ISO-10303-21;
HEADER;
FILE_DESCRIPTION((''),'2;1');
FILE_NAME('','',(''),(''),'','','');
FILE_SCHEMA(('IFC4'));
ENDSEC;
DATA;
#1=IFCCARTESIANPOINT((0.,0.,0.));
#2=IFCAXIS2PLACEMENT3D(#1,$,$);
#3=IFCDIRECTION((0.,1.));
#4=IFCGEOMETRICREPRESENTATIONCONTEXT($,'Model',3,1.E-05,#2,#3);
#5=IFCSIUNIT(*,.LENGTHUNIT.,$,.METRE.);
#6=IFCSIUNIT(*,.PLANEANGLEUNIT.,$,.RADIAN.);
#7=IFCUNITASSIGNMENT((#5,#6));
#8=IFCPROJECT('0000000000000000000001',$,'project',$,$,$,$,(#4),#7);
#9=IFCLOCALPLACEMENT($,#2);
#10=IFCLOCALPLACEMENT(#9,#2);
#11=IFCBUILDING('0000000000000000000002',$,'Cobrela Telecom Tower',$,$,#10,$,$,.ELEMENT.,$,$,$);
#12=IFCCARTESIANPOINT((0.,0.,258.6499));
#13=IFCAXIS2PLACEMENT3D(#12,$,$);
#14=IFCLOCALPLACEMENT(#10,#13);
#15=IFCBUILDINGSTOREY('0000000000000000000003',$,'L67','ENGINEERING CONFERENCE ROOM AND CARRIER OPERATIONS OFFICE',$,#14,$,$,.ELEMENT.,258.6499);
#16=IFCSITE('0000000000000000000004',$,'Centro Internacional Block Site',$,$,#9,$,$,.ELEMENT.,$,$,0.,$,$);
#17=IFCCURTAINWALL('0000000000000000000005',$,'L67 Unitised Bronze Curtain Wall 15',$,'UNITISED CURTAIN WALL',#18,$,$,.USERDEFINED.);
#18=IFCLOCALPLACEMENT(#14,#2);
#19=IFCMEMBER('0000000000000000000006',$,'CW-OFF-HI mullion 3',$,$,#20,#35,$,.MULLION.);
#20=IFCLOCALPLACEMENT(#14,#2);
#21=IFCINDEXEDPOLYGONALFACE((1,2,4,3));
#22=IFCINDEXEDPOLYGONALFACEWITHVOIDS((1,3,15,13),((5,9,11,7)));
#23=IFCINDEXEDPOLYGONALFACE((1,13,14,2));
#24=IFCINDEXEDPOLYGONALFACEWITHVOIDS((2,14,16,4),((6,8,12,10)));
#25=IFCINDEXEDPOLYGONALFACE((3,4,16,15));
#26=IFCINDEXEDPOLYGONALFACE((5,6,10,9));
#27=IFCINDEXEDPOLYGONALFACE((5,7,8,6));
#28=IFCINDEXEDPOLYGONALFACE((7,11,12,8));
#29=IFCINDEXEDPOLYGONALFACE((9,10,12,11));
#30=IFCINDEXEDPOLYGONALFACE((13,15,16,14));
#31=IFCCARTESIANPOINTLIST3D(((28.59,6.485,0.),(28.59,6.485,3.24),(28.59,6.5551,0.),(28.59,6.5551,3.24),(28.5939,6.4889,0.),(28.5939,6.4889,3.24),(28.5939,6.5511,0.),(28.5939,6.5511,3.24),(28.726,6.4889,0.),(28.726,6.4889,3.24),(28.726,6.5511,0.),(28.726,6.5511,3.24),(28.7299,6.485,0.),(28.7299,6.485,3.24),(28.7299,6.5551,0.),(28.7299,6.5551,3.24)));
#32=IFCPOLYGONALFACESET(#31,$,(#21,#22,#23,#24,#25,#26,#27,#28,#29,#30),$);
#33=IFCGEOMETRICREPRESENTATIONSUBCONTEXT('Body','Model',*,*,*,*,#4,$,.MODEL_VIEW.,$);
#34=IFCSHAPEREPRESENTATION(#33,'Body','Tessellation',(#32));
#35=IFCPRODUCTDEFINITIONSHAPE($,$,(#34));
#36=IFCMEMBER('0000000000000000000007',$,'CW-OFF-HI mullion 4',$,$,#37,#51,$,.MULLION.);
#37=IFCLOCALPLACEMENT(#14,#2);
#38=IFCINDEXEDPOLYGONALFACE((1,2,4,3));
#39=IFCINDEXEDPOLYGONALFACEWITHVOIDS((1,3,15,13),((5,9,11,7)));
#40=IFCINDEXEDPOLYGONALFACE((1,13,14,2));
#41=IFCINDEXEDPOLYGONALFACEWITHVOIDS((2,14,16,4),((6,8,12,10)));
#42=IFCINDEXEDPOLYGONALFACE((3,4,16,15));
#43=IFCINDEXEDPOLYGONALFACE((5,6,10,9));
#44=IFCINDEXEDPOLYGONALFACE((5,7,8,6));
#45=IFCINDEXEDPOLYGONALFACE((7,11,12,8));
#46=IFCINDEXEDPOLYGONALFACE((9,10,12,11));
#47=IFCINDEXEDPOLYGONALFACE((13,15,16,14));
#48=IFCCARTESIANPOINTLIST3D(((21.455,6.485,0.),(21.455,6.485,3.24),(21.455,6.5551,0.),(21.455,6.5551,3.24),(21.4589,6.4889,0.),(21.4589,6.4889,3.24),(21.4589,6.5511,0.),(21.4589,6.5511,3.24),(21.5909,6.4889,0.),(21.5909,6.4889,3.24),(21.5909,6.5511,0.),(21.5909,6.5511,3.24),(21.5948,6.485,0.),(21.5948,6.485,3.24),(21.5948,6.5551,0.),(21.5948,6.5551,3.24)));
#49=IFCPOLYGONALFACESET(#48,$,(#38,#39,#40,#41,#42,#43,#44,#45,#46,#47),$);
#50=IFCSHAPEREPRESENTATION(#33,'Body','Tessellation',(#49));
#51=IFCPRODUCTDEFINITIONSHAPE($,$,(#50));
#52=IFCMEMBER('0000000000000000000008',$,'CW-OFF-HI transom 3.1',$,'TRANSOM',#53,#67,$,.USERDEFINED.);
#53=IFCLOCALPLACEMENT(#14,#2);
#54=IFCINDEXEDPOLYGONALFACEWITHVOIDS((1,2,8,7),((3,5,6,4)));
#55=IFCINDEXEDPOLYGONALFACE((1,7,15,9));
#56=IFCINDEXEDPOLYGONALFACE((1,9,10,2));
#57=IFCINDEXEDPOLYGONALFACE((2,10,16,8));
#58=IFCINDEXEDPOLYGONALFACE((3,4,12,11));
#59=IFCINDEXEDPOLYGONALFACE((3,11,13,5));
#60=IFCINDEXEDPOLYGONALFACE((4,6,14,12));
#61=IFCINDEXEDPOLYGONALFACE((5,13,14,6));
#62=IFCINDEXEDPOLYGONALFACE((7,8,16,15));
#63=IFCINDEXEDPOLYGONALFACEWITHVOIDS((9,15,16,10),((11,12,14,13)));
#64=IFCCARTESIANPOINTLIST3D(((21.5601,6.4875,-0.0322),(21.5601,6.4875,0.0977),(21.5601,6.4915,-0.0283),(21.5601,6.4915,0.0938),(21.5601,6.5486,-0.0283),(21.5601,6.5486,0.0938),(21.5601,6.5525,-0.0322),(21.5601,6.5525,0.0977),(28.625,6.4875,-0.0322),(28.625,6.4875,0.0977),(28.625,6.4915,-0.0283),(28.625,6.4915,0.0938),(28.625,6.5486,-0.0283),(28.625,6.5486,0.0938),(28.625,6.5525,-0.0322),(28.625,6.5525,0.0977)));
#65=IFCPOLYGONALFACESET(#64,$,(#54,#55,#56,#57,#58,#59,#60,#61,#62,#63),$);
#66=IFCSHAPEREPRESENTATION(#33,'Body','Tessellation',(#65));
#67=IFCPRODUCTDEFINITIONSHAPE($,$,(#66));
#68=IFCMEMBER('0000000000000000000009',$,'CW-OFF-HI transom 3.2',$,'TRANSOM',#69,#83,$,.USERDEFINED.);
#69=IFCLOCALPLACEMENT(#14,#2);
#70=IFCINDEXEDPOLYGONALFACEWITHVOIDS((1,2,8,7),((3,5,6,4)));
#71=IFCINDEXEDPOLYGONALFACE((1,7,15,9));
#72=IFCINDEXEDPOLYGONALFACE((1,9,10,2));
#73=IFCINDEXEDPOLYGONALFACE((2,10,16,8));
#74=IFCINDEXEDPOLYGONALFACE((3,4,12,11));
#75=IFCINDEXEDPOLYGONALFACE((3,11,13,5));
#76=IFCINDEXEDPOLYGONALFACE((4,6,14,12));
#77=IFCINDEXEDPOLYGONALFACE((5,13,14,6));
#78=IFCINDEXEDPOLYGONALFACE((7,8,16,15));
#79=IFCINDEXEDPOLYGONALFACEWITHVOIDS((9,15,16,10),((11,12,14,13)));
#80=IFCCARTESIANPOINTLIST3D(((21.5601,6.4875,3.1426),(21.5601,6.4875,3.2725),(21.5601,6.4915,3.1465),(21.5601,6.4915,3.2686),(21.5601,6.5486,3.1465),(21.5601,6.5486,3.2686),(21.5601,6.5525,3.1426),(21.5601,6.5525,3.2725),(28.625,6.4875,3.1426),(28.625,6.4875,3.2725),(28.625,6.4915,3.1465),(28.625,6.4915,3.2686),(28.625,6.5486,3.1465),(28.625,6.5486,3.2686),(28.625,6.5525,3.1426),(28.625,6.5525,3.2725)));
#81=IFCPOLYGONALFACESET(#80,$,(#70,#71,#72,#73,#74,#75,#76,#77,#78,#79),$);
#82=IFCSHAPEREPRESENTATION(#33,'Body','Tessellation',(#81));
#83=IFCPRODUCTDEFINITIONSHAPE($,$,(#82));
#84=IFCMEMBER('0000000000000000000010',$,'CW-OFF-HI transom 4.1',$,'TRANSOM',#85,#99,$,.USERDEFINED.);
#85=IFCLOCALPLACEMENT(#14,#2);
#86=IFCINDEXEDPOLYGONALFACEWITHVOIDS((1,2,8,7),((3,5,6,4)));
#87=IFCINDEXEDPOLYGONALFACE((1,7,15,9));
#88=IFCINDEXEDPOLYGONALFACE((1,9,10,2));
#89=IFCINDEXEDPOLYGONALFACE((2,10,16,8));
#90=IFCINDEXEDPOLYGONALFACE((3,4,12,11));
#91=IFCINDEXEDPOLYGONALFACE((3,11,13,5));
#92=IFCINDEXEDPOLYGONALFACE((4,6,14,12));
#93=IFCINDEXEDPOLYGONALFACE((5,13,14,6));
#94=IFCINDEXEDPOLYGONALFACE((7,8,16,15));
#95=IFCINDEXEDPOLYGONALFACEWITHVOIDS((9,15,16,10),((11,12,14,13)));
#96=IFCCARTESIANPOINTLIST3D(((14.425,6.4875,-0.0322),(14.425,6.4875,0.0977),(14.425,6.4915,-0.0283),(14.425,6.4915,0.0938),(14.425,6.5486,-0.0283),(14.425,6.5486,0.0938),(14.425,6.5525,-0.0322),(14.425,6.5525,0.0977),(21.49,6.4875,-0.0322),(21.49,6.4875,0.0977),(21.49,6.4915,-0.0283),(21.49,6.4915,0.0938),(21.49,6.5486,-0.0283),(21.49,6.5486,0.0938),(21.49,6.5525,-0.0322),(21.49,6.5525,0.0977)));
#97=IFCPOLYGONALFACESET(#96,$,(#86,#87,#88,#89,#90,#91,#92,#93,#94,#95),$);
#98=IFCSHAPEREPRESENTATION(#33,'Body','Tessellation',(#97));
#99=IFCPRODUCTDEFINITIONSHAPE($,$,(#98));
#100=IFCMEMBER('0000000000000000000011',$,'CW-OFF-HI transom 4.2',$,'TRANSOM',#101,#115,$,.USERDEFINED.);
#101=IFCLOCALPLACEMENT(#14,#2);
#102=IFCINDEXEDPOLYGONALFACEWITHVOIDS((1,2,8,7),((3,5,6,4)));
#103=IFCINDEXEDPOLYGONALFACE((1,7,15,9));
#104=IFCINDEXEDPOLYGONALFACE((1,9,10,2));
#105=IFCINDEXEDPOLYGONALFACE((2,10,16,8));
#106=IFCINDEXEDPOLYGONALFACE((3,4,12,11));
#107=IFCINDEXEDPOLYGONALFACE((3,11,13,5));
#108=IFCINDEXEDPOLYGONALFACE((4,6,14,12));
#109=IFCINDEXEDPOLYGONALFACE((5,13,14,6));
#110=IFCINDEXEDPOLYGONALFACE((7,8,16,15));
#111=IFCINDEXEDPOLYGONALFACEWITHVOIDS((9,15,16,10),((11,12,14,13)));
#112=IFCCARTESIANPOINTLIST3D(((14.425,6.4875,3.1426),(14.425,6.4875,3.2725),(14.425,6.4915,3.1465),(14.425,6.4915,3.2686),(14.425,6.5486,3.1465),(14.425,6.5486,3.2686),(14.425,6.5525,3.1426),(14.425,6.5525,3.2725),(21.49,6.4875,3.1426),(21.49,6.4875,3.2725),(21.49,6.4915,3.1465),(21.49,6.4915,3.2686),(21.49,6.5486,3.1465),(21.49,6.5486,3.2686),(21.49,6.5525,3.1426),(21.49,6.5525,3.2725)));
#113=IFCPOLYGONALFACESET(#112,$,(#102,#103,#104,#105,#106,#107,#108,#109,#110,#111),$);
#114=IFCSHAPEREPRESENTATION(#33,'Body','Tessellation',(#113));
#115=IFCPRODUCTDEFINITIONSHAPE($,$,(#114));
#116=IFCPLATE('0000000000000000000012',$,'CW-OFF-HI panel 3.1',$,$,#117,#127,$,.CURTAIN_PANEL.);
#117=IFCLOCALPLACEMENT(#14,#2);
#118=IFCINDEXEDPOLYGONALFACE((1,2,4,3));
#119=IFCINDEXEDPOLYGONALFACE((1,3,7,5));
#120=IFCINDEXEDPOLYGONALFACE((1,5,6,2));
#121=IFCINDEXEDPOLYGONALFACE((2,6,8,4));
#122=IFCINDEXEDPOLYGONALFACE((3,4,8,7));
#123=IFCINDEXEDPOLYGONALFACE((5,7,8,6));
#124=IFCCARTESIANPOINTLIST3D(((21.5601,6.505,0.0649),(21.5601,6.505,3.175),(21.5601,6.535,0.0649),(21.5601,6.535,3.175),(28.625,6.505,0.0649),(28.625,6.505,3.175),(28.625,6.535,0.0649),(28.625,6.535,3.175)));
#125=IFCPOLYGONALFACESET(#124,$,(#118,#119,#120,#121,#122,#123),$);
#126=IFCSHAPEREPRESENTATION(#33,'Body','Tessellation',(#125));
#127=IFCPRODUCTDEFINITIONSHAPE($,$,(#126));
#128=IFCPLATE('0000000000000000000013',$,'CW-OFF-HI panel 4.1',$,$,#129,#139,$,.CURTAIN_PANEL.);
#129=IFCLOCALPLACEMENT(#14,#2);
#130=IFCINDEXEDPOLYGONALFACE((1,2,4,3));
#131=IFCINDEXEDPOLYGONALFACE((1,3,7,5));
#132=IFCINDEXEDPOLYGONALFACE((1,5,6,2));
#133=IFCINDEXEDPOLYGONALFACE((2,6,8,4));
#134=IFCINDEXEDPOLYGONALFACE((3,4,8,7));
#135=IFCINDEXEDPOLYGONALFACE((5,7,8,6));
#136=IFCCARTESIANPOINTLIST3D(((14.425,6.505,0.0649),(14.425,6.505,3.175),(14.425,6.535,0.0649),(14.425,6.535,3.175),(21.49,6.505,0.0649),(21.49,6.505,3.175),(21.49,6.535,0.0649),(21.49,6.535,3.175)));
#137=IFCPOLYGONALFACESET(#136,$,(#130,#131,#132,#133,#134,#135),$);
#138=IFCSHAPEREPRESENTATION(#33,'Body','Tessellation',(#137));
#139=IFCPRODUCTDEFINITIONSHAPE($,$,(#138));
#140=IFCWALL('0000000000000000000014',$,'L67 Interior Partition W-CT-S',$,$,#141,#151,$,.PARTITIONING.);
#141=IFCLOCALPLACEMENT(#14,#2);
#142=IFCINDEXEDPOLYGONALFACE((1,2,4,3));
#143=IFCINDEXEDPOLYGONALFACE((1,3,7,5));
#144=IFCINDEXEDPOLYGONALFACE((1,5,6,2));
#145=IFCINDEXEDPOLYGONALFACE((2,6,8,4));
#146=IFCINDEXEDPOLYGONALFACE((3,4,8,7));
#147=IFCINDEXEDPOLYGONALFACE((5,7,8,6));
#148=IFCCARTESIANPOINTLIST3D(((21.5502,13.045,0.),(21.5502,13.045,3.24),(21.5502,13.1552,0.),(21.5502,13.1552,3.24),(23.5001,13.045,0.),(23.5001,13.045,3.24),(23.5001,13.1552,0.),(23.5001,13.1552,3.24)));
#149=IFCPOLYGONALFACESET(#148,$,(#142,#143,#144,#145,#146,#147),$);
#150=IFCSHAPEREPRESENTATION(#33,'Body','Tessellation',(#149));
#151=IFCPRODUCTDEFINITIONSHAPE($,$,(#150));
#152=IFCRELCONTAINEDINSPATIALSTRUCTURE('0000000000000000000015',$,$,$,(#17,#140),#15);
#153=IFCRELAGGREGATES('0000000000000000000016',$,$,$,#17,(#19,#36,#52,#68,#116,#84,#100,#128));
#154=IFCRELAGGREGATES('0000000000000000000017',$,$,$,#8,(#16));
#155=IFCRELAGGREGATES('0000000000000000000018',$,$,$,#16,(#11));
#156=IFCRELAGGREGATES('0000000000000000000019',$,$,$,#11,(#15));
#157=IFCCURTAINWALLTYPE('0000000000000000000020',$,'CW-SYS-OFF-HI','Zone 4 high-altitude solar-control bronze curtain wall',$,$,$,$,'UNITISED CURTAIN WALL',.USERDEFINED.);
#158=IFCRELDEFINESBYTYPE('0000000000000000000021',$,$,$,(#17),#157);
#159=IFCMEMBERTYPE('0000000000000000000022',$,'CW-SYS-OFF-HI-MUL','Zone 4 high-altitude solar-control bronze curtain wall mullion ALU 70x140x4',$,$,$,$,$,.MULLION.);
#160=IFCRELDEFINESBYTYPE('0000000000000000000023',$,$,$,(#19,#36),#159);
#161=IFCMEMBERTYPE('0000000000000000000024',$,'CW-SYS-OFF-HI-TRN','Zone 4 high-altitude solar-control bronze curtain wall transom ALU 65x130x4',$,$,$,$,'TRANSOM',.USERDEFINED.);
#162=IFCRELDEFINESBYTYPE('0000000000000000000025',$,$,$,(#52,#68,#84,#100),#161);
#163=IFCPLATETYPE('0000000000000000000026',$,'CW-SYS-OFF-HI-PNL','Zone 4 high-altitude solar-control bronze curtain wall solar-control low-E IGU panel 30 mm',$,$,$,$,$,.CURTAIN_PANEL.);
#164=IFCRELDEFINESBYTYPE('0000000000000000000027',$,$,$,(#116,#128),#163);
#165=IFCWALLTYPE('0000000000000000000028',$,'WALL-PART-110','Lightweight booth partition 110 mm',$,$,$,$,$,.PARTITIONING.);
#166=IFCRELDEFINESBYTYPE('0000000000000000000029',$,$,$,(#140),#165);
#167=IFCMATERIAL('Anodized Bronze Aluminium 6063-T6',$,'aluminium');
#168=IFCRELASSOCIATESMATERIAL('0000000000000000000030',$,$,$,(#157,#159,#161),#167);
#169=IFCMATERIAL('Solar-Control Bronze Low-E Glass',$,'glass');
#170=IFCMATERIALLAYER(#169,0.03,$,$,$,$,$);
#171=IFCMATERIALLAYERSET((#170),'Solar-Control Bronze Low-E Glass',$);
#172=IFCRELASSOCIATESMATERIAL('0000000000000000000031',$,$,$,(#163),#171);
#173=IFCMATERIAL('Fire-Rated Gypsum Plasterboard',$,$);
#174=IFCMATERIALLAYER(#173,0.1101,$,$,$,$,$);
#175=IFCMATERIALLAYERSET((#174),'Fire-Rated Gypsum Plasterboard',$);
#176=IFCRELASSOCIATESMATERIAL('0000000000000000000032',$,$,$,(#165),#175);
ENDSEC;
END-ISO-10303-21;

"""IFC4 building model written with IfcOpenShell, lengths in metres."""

from ifc_helpers import new_model, si_unit, direction, frame, frame_2d, origin, origin_2d, place, context, subcontext, project, spatial, rectangle, hollow_rectangle, extrude, material, layer, layer_set, material_profile, profile_set, type_object, element, aggregate, save


model = new_model("IFC4")

# Units and contexts
model_context = context("Model", 3, precision=1e-05, world=origin(), true_north=direction((0.0, 1.0)))
body_context = subcontext(model_context, "Body", "Model", "MODEL_VIEW")
ifc_project = project(units=[si_unit("LENGTHUNIT", "METRE"), si_unit("PLANEANGLEUNIT", "RADIAN")], contexts=[model_context])

# Site, building, storey
site_placement = place(None, origin())
site = spatial("IfcSite", under=ifc_project, at=site_placement, Name="Centro Internacional Block Site", CompositionType="ELEMENT", RefElevation=0.0)
building_placement = place(site_placement, origin())
building = spatial("IfcBuilding", under=site, at=building_placement, Name="Cobrela Telecom Tower", CompositionType="ELEMENT")
storey_placement = place(building_placement, frame((0.0, 0.0, 258.6499)))
storey = spatial("IfcBuildingStorey", under=building, at=storey_placement, Name="L67", Description="ENGINEERING CONFERENCE ROOM AND CARRIER OPERATIONS OFFICE", CompositionType="ELEMENT", Elevation=258.6499)

# Curtain wall, members, plates
ifc_material_1 = material(Name="Anodized Bronze Aluminium 6063-T6", Category="aluminium")
curtain_wall_type = type_object("IfcCurtainWallType", Name="CW-SYS-OFF-HI", Description="Zone 4 high-altitude solar-control bronze curtain wall", ElementType="UNITISED CURTAIN WALL", PredefinedType="USERDEFINED", material=ifc_material_1)
curtain_wall_placement = place(storey_placement, origin())
curtain_wall = element("IfcCurtainWall", 1, at=curtain_wall_placement, inside=storey, type_object=curtain_wall_type, Name="L67 Unitised Bronze Curtain Wall 15", ObjectType="UNITISED CURTAIN WALL", PredefinedType="USERDEFINED")
ifc_material_profile_1 = material_profile(ifc_material_1, hollow_rectangle(XDim=0.0701, YDim=0.1399, WallThickness=0.0039, at=origin_2d()), Name="ALU 70x140x4")
ifc_profile_set_1 = profile_set([ifc_material_profile_1], Name="Anodized Bronze Aluminium 6063-T6")
member_type_1 = type_object("IfcMemberType", Name="CW-SYS-OFF-HI-MUL", Description="Zone 4 high-altitude solar-control bronze curtain wall mullion ALU 70x140x4", PredefinedType="MULLION", material=ifc_profile_set_1)
member_1_placement = place(storey_placement, frame((28.6599, 6.52, 0.0), z_axis=(0.0, 0.0, 1.0), x_axis=(0.0, -1.0, 0.0)))
member_1 = element("IfcMember", 2, at=member_1_placement, type_object=member_type_1, Name="CW-OFF-HI mullion 3", PredefinedType="MULLION", context=body_context, shape_type="SweptSolid", body=[
    extrude(hollow_rectangle(XDim=0.0701, YDim=0.1399, WallThickness=0.0039, at=origin_2d()), origin(), (0.0, 0.0, 1.0), 3.24),
])
member_2_placement = place(storey_placement, frame((21.5249, 6.52, 0.0), z_axis=(0.0, 0.0, 1.0), x_axis=(0.0, -1.0, 0.0)))
member_2 = element("IfcMember", 3, at=member_2_placement, type_object=member_type_1, Name="CW-OFF-HI mullion 4", PredefinedType="MULLION", context=body_context, shape_type="SweptSolid", body=[
    extrude(hollow_rectangle(XDim=0.0701, YDim=0.1399, WallThickness=0.0039, at=origin_2d()), origin(), (0.0, 0.0, 1.0), 3.24),
])
ifc_material_profile_2 = material_profile(ifc_material_1, hollow_rectangle(XDim=0.0649, YDim=0.1299, WallThickness=0.0039, at=origin_2d()), Name="ALU 65x130x4")
ifc_profile_set_2 = profile_set([ifc_material_profile_2], Name="Anodized Bronze Aluminium 6063-T6")
member_type_2 = type_object("IfcMemberType", Name="CW-SYS-OFF-HI-TRN", Description="Zone 4 high-altitude solar-control bronze curtain wall transom ALU 65x130x4", ElementType="TRANSOM", PredefinedType="USERDEFINED", material=ifc_profile_set_2)
member_3_placement = place(storey_placement, frame((28.625, 6.52, 0.0327), z_axis=(-1.0, 0.0, 0.0), x_axis=(0.0, -1.0, 0.0)))
member_3 = element("IfcMember", 4, at=member_3_placement, type_object=member_type_2, Name="CW-OFF-HI transom 3.1", ObjectType="TRANSOM", PredefinedType="USERDEFINED", context=body_context, shape_type="SweptSolid", body=[
    extrude(hollow_rectangle(XDim=0.0649, YDim=0.1299, WallThickness=0.0039, at=origin_2d()), origin(), (0.0, 0.0, 1.0), 7.0649),
])
member_4_placement = place(storey_placement, frame((28.625, 6.52, 3.2075), z_axis=(-1.0, 0.0, 0.0), x_axis=(0.0, -1.0, 0.0)))
member_4 = element("IfcMember", 5, at=member_4_placement, type_object=member_type_2, Name="CW-OFF-HI transom 3.2", ObjectType="TRANSOM", PredefinedType="USERDEFINED", context=body_context, shape_type="SweptSolid", body=[
    extrude(hollow_rectangle(XDim=0.0649, YDim=0.1299, WallThickness=0.0039, at=origin_2d()), origin(), (0.0, 0.0, 1.0), 7.0649),
])
member_5_placement = place(storey_placement, frame((21.49, 6.52, 0.0327), z_axis=(-1.0, 0.0, 0.0), x_axis=(0.0, -1.0, 0.0)))
member_5 = element("IfcMember", 6, at=member_5_placement, type_object=member_type_2, Name="CW-OFF-HI transom 4.1", ObjectType="TRANSOM", PredefinedType="USERDEFINED", context=body_context, shape_type="SweptSolid", body=[
    extrude(hollow_rectangle(XDim=0.0649, YDim=0.1299, WallThickness=0.0039, at=origin_2d()), origin(), (0.0, 0.0, 1.0), 7.0649),
])
member_6_placement = place(storey_placement, frame((21.49, 6.52, 3.2075), z_axis=(-1.0, 0.0, 0.0), x_axis=(0.0, -1.0, 0.0)))
member_6 = element("IfcMember", 7, at=member_6_placement, type_object=member_type_2, Name="CW-OFF-HI transom 4.2", ObjectType="TRANSOM", PredefinedType="USERDEFINED", context=body_context, shape_type="SweptSolid", body=[
    extrude(hollow_rectangle(XDim=0.0649, YDim=0.1299, WallThickness=0.0039, at=origin_2d()), origin(), (0.0, 0.0, 1.0), 7.0649),
])
ifc_material_2 = material(Name="Solar-Control Bronze Low-E Glass", Category="glass")
ifc_layer_1 = layer(ifc_material_2, 0.03)
ifc_layer_set_1 = layer_set([ifc_layer_1], Name="Solar-Control Bronze Low-E Glass")
plate_type = type_object("IfcPlateType", Name="CW-SYS-OFF-HI-PNL", Description="Zone 4 high-altitude solar-control bronze curtain wall solar-control low-E IGU panel 30 mm", PredefinedType="CURTAIN_PANEL", material=ifc_layer_set_1)
plate_1_placement = place(storey_placement, frame((25.0925, 6.52, 0.0649), z_axis=(0.0, 0.0, 1.0), x_axis=(-1.0, 0.0, 0.0)))
plate_1 = element("IfcPlate", 8, at=plate_1_placement, type_object=plate_type, Name="CW-OFF-HI panel 3.1", PredefinedType="CURTAIN_PANEL", context=body_context, shape_type="SweptSolid", body=[
    extrude(rectangle(XDim=7.0649, YDim=0.03, at=origin_2d()), origin(), (0.0, 0.0, 1.0), 3.1101),
])
plate_2_placement = place(storey_placement, frame((17.9575, 6.52, 0.0649), z_axis=(0.0, 0.0, 1.0), x_axis=(-1.0, 0.0, 0.0)))
plate_2 = element("IfcPlate", 9, at=plate_2_placement, type_object=plate_type, Name="CW-OFF-HI panel 4.1", PredefinedType="CURTAIN_PANEL", context=body_context, shape_type="SweptSolid", body=[
    extrude(rectangle(XDim=7.0649, YDim=0.03, at=origin_2d()), origin(), (0.0, 0.0, 1.0), 3.1101),
])
aggregate(curtain_wall, [member_1, member_2, member_3, member_4, plate_1, member_5, member_6, plate_2])

# Wall
ifc_material_3 = material(Name="Fire-Rated Gypsum Plasterboard")
ifc_layer_2 = layer(ifc_material_3, 0.1101)
ifc_layer_set_2 = layer_set([ifc_layer_2], Name="Fire-Rated Gypsum Plasterboard")
wall_type_1 = type_object("IfcWallType", Name="WALL-PART-110", Description="Lightweight booth partition 110 mm", PredefinedType="PARTITIONING", material=ifc_layer_set_2)
wall_1_placement = place(storey_placement, frame((21.55, 13.1001, 0.0), z_axis=(0.0, 0.0, 1.0), x_axis=(1.0, 0.0, 0.0)))
element("IfcWall", 10, at=wall_1_placement, inside=storey, type_object=wall_type_1, Name="L67 Interior Partition W-CT-S", PredefinedType="PARTITIONING", context=body_context, shape_type="SweptSolid", body=[
    extrude(rectangle(XDim=1.95, YDim=0.1101, at=frame_2d((0.9751, 0.0))), origin(), (0.0, 0.0, 1.0), 3.24),
])

save(model, "model.ifc")
